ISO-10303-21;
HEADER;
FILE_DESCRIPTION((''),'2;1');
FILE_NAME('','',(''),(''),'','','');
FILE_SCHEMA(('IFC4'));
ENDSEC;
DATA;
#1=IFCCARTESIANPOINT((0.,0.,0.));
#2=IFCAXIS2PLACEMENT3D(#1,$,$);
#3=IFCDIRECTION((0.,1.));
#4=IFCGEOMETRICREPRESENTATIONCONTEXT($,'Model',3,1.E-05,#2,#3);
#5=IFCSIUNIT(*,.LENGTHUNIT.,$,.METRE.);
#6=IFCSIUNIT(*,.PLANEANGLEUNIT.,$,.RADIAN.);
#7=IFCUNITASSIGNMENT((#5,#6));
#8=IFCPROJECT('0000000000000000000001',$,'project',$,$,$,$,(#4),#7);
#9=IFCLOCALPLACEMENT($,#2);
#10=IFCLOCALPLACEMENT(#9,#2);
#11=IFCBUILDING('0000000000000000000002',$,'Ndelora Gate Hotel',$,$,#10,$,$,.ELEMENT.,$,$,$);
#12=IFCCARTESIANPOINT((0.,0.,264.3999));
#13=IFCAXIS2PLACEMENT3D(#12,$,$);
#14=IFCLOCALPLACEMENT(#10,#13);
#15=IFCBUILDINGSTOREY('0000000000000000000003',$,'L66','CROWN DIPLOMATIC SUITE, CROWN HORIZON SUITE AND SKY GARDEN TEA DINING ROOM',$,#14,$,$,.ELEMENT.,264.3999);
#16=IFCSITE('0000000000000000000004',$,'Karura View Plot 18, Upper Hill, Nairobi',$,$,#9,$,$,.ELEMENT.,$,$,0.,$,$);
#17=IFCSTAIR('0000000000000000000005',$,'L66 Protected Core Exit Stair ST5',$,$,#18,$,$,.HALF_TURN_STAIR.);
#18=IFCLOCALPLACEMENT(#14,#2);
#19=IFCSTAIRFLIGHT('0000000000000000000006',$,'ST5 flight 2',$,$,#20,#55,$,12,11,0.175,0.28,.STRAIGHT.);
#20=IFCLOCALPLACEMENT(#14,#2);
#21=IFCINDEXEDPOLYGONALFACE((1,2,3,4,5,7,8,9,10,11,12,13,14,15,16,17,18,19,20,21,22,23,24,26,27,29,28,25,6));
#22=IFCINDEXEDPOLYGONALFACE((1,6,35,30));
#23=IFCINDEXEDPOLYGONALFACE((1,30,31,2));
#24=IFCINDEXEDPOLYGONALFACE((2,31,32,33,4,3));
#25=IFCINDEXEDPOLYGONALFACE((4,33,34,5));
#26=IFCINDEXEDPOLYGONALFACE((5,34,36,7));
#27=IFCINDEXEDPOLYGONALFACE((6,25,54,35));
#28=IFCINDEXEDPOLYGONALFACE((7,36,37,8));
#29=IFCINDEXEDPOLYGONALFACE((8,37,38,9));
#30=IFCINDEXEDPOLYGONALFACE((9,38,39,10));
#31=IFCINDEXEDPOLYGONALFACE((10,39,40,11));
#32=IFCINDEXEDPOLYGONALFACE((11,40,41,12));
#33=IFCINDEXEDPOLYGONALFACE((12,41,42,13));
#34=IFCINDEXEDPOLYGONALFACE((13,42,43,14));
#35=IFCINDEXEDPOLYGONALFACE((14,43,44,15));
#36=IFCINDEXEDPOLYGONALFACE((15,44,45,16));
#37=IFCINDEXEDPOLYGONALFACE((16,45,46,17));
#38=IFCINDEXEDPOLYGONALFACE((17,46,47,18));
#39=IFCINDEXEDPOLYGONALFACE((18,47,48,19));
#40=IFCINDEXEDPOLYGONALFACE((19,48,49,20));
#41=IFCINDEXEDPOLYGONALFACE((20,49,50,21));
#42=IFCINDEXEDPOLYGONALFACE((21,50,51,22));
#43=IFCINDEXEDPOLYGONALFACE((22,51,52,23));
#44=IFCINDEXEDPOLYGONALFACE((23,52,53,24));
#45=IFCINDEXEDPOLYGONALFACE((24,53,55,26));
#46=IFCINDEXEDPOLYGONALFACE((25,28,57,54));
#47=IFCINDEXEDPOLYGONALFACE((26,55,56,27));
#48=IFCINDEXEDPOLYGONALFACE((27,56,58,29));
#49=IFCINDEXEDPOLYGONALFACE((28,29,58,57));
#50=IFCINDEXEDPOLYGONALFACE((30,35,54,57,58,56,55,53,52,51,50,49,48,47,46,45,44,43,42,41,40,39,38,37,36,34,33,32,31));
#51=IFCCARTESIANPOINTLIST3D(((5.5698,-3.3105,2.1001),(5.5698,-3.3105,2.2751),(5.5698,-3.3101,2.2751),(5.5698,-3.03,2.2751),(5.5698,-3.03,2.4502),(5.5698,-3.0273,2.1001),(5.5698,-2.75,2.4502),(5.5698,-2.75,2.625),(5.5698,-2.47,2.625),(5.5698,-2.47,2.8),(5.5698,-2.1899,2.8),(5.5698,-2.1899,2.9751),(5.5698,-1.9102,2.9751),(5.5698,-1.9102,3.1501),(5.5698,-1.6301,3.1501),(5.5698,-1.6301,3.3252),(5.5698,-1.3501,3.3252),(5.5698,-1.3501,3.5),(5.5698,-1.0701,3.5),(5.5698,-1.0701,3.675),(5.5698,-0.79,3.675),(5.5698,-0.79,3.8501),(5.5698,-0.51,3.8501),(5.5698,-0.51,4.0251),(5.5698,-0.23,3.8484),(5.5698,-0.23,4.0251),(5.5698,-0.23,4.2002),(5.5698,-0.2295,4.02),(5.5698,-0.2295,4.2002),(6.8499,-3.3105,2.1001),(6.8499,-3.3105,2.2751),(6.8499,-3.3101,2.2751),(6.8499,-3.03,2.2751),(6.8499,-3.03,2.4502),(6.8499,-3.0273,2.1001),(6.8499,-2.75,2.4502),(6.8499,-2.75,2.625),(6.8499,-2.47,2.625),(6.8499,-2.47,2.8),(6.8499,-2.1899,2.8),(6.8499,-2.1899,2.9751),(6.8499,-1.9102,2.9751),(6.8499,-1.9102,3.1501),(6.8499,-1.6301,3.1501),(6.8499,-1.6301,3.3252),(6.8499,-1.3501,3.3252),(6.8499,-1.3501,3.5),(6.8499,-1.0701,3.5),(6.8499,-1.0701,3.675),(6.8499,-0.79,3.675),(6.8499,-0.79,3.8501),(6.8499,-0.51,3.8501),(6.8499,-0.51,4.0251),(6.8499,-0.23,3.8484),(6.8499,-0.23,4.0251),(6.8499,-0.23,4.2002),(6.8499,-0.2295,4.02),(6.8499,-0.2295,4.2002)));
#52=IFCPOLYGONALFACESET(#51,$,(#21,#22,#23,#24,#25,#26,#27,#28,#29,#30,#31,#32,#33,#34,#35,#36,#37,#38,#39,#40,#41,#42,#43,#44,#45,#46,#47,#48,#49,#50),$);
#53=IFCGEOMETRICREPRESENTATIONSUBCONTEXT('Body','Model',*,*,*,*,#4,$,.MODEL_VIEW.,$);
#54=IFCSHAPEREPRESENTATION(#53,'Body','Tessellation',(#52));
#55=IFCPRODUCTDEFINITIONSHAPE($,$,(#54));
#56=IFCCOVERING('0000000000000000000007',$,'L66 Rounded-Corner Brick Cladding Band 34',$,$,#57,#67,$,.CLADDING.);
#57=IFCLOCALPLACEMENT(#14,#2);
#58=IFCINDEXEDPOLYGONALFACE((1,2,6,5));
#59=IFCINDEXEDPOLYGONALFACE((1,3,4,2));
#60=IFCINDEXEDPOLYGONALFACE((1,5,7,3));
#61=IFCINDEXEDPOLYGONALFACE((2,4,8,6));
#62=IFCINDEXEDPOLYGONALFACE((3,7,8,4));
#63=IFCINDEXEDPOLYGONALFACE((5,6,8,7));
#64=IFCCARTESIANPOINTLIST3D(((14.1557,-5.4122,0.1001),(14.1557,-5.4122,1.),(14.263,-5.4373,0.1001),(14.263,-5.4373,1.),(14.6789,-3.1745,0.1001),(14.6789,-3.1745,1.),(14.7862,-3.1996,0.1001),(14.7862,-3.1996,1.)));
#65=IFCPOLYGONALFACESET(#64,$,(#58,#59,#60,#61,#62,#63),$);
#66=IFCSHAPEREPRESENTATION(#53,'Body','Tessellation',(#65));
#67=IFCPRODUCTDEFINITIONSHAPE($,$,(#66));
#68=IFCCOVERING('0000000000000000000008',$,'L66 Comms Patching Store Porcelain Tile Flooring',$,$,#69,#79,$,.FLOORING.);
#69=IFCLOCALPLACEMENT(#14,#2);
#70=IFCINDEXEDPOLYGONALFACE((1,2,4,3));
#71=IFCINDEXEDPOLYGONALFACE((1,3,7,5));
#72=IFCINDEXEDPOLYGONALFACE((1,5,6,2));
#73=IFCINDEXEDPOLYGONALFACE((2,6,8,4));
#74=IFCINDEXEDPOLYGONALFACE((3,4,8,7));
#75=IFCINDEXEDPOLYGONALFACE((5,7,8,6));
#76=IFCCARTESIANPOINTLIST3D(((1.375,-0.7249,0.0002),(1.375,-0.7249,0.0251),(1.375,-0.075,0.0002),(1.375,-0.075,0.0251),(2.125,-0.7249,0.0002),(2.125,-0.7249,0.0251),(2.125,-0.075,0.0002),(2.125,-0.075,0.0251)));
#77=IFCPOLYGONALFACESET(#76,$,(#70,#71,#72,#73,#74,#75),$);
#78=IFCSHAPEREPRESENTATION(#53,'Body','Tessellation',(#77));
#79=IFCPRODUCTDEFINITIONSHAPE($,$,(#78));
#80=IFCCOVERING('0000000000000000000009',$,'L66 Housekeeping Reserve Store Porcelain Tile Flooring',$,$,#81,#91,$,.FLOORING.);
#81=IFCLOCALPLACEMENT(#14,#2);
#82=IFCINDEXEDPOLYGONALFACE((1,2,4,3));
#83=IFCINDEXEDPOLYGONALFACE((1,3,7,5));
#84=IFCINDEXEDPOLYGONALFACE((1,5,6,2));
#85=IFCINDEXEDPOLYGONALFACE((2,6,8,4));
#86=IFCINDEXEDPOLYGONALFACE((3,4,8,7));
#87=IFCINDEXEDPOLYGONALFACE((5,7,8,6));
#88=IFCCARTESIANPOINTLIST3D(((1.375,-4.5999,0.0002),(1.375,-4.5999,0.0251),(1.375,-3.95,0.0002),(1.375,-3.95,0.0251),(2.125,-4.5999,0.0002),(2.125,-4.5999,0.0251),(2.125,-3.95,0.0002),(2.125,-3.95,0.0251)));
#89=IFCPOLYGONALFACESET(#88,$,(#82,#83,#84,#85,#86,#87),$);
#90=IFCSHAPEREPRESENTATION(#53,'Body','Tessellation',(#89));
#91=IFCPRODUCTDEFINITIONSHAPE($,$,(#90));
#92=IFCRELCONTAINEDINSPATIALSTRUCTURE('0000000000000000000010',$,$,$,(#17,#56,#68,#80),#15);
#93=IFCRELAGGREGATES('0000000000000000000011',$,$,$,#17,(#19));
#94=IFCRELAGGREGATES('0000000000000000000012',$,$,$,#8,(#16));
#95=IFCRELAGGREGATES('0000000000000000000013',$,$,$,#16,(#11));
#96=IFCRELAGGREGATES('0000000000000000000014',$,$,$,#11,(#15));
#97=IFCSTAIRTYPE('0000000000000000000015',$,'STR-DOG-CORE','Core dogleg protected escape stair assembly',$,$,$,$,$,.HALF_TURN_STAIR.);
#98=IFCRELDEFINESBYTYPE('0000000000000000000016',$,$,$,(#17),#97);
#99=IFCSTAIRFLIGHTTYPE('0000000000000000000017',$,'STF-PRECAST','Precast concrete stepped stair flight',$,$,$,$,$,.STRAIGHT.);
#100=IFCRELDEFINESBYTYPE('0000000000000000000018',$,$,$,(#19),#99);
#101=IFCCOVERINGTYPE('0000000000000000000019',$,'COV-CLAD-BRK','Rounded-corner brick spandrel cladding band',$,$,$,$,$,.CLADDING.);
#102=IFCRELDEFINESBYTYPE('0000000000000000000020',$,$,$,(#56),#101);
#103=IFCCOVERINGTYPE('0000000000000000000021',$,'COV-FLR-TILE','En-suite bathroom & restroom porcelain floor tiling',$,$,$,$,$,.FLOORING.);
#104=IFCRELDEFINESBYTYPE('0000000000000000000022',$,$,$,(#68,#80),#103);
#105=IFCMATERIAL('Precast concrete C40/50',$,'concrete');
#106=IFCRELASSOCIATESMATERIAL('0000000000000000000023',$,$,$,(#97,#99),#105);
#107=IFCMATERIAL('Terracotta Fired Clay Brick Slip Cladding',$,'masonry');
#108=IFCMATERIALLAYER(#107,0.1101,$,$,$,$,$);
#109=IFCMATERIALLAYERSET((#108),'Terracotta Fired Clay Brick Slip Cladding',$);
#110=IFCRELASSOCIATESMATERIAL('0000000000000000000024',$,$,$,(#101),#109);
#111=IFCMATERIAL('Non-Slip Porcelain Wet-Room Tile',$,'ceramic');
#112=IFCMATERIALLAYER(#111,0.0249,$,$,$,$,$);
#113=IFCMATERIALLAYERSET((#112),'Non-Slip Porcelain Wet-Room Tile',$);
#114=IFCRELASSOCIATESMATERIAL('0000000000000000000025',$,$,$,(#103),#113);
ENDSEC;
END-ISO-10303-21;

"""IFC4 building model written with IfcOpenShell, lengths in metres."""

from ifc_helpers import new_model, si_unit, direction, frame, origin, origin_2d, place, context, subcontext, project, spatial, polyline, rectangle, outline, extrude, material, layer, layer_set, type_object, element, aggregate, save


model = new_model("IFC4")

# Units and contexts
model_context = context("Model", 3, precision=1e-05, world=origin(), true_north=direction((0.0, 1.0)))
body_context = subcontext(model_context, "Body", "Model", "MODEL_VIEW")
ifc_project = project(units=[si_unit("LENGTHUNIT", "METRE"), si_unit("PLANEANGLEUNIT", "RADIAN")], contexts=[model_context])

# Site, building, storey
site_placement = place(None, origin())
site = spatial("IfcSite", under=ifc_project, at=site_placement, Name="Karura View Plot 18, Upper Hill, Nairobi", CompositionType="ELEMENT", RefElevation=0.0)
building_placement = place(site_placement, origin())
building = spatial("IfcBuilding", under=site, at=building_placement, Name="Ndelora Gate Hotel", CompositionType="ELEMENT")
storey_placement = place(building_placement, frame((0.0, 0.0, 264.3999)))
storey = spatial("IfcBuildingStorey", under=building, at=storey_placement, Name="L66", Description="CROWN DIPLOMATIC SUITE, CROWN HORIZON SUITE AND SKY GARDEN TEA DINING ROOM", CompositionType="ELEMENT", Elevation=264.3999)

# Stair, stair flight
ifc_material_1 = material(Name="Precast concrete C40/50", Category="concrete")
stair_type = type_object("IfcStairType", Name="STR-DOG-CORE", Description="Core dogleg protected escape stair assembly", PredefinedType="HALF_TURN_STAIR", material=ifc_material_1)
stair_placement = place(storey_placement, origin())
stair = element("IfcStair", 1, at=stair_placement, inside=storey, type_object=stair_type, Name="L66 Protected Core Exit Stair ST5", PredefinedType="HALF_TURN_STAIR")
stair_flight_type = type_object("IfcStairFlightType", Name="STF-PRECAST", Description="Precast concrete stepped stair flight", PredefinedType="STRAIGHT", material=ifc_material_1)
stair_flight_1_placement = place(storey_placement, frame((6.21, -3.3101, 2.1001), z_axis=(0.0, 0.0, 1.0), x_axis=(0.0, 1.0, 0.0)))
stair_flight_1 = element("IfcStairFlight", 2, at=stair_flight_1_placement, type_object=stair_flight_type, Name="ST5 flight 2", NumberOfRisers=12, NumberOfTreads=11, PredefinedType="STRAIGHT", RiserHeight=0.175, TreadLength=0.28, context=body_context, shape_type="SweptSolid", body=[
    extrude(outline(polyline([(-0.0005, 0.0), (-0.0005, 0.175), (0.0, 0.175), (0.28, 0.175), (0.28, 0.3501), (0.5601, 0.3501), (0.5601, 0.5249), (0.8401, 0.5249), (0.8401, 0.7), (1.1201, 0.7), (1.1201, 0.875), (1.3999, 0.875), (1.3999, 1.05), (1.6799, 1.05), (1.6799, 1.2251), (1.96, 1.2251), (1.96, 1.3999), (2.24, 1.3999), (2.24, 1.575), (2.52, 1.575), (2.52, 1.75), (2.8, 1.75), (2.8, 1.925), (3.0801, 1.925), (3.0801, 2.1001), (3.0806, 2.1001), (3.0806, 1.9199), (3.0801, 1.7483), (0.2827, 0.0), (-0.0005, 0.0)])), frame((0.0, 0.6401, 0.0), z_axis=(0.0, -1.0, 0.0), x_axis=(1.0, 0.0, 0.0)), (0.0, 0.0, 1.0), 1.28),
])
aggregate(stair, [stair_flight_1])

# Coverings
ifc_material_2 = material(Name="Terracotta Fired Clay Brick Slip Cladding", Category="masonry")
ifc_layer_1 = layer(ifc_material_2, 0.1101)
ifc_layer_set_1 = layer_set([ifc_layer_1], Name="Terracotta Fired Clay Brick Slip Cladding")
covering_type_1 = type_object("IfcCoveringType", Name="COV-CLAD-BRK", Description="Rounded-corner brick spandrel cladding band", PredefinedType="CLADDING", material=ifc_layer_set_1)
covering_placement = place(storey_placement, frame((14.4709, -4.3059, 0.1001), z_axis=(0.0, 0.0, 1.0), x_axis=(0.227671, 0.973738, 0.0)))
element("IfcCovering", 3, at=covering_placement, inside=storey, type_object=covering_type_1, Name="L66 Rounded-Corner Brick Cladding Band 34", PredefinedType="CLADDING", context=body_context, shape_type="SweptSolid", body=[
    extrude(rectangle(XDim=2.2981, YDim=0.1101, at=origin_2d()), origin(), (0.0, 0.0, 1.0), 0.8999),
])
ifc_material_3 = material(Name="Non-Slip Porcelain Wet-Room Tile", Category="ceramic")
ifc_layer_2 = layer(ifc_material_3, 0.0249)
ifc_layer_set_2 = layer_set([ifc_layer_2], Name="Non-Slip Porcelain Wet-Room Tile")
covering_type_2 = type_object("IfcCoveringType", Name="COV-FLR-TILE", Description="En-suite bathroom & restroom porcelain floor tiling", PredefinedType="FLOORING", material=ifc_layer_set_2)
for number, where, z_axis, x_axis, name in (
    (4, (1.75, -0.3999, 0.0002), (0.0, 0.0, 1.0), (1.0, 0.0, 0.0), "L66 Comms Patching Store Porcelain Tile Flooring"),
    (5, (1.75, -4.2749, 0.0002), (0.0, 0.0, 1.0), (1.0, 0.0, 0.0), "L66 Housekeeping Reserve Store Porcelain Tile Flooring"),
):
    element("IfcCovering", number, at=place(storey_placement, frame(where, z_axis=z_axis, x_axis=x_axis)), inside=storey, type_object=covering_type_2, Name=name, PredefinedType="FLOORING", context=body_context, shape_type="SweptSolid", body=[
        extrude(rectangle(XDim=0.75, YDim=0.6499, at=origin_2d()), origin(), (0.0, 0.0, 1.0), 0.0249),
    ])

save(model, "model.ifc")
